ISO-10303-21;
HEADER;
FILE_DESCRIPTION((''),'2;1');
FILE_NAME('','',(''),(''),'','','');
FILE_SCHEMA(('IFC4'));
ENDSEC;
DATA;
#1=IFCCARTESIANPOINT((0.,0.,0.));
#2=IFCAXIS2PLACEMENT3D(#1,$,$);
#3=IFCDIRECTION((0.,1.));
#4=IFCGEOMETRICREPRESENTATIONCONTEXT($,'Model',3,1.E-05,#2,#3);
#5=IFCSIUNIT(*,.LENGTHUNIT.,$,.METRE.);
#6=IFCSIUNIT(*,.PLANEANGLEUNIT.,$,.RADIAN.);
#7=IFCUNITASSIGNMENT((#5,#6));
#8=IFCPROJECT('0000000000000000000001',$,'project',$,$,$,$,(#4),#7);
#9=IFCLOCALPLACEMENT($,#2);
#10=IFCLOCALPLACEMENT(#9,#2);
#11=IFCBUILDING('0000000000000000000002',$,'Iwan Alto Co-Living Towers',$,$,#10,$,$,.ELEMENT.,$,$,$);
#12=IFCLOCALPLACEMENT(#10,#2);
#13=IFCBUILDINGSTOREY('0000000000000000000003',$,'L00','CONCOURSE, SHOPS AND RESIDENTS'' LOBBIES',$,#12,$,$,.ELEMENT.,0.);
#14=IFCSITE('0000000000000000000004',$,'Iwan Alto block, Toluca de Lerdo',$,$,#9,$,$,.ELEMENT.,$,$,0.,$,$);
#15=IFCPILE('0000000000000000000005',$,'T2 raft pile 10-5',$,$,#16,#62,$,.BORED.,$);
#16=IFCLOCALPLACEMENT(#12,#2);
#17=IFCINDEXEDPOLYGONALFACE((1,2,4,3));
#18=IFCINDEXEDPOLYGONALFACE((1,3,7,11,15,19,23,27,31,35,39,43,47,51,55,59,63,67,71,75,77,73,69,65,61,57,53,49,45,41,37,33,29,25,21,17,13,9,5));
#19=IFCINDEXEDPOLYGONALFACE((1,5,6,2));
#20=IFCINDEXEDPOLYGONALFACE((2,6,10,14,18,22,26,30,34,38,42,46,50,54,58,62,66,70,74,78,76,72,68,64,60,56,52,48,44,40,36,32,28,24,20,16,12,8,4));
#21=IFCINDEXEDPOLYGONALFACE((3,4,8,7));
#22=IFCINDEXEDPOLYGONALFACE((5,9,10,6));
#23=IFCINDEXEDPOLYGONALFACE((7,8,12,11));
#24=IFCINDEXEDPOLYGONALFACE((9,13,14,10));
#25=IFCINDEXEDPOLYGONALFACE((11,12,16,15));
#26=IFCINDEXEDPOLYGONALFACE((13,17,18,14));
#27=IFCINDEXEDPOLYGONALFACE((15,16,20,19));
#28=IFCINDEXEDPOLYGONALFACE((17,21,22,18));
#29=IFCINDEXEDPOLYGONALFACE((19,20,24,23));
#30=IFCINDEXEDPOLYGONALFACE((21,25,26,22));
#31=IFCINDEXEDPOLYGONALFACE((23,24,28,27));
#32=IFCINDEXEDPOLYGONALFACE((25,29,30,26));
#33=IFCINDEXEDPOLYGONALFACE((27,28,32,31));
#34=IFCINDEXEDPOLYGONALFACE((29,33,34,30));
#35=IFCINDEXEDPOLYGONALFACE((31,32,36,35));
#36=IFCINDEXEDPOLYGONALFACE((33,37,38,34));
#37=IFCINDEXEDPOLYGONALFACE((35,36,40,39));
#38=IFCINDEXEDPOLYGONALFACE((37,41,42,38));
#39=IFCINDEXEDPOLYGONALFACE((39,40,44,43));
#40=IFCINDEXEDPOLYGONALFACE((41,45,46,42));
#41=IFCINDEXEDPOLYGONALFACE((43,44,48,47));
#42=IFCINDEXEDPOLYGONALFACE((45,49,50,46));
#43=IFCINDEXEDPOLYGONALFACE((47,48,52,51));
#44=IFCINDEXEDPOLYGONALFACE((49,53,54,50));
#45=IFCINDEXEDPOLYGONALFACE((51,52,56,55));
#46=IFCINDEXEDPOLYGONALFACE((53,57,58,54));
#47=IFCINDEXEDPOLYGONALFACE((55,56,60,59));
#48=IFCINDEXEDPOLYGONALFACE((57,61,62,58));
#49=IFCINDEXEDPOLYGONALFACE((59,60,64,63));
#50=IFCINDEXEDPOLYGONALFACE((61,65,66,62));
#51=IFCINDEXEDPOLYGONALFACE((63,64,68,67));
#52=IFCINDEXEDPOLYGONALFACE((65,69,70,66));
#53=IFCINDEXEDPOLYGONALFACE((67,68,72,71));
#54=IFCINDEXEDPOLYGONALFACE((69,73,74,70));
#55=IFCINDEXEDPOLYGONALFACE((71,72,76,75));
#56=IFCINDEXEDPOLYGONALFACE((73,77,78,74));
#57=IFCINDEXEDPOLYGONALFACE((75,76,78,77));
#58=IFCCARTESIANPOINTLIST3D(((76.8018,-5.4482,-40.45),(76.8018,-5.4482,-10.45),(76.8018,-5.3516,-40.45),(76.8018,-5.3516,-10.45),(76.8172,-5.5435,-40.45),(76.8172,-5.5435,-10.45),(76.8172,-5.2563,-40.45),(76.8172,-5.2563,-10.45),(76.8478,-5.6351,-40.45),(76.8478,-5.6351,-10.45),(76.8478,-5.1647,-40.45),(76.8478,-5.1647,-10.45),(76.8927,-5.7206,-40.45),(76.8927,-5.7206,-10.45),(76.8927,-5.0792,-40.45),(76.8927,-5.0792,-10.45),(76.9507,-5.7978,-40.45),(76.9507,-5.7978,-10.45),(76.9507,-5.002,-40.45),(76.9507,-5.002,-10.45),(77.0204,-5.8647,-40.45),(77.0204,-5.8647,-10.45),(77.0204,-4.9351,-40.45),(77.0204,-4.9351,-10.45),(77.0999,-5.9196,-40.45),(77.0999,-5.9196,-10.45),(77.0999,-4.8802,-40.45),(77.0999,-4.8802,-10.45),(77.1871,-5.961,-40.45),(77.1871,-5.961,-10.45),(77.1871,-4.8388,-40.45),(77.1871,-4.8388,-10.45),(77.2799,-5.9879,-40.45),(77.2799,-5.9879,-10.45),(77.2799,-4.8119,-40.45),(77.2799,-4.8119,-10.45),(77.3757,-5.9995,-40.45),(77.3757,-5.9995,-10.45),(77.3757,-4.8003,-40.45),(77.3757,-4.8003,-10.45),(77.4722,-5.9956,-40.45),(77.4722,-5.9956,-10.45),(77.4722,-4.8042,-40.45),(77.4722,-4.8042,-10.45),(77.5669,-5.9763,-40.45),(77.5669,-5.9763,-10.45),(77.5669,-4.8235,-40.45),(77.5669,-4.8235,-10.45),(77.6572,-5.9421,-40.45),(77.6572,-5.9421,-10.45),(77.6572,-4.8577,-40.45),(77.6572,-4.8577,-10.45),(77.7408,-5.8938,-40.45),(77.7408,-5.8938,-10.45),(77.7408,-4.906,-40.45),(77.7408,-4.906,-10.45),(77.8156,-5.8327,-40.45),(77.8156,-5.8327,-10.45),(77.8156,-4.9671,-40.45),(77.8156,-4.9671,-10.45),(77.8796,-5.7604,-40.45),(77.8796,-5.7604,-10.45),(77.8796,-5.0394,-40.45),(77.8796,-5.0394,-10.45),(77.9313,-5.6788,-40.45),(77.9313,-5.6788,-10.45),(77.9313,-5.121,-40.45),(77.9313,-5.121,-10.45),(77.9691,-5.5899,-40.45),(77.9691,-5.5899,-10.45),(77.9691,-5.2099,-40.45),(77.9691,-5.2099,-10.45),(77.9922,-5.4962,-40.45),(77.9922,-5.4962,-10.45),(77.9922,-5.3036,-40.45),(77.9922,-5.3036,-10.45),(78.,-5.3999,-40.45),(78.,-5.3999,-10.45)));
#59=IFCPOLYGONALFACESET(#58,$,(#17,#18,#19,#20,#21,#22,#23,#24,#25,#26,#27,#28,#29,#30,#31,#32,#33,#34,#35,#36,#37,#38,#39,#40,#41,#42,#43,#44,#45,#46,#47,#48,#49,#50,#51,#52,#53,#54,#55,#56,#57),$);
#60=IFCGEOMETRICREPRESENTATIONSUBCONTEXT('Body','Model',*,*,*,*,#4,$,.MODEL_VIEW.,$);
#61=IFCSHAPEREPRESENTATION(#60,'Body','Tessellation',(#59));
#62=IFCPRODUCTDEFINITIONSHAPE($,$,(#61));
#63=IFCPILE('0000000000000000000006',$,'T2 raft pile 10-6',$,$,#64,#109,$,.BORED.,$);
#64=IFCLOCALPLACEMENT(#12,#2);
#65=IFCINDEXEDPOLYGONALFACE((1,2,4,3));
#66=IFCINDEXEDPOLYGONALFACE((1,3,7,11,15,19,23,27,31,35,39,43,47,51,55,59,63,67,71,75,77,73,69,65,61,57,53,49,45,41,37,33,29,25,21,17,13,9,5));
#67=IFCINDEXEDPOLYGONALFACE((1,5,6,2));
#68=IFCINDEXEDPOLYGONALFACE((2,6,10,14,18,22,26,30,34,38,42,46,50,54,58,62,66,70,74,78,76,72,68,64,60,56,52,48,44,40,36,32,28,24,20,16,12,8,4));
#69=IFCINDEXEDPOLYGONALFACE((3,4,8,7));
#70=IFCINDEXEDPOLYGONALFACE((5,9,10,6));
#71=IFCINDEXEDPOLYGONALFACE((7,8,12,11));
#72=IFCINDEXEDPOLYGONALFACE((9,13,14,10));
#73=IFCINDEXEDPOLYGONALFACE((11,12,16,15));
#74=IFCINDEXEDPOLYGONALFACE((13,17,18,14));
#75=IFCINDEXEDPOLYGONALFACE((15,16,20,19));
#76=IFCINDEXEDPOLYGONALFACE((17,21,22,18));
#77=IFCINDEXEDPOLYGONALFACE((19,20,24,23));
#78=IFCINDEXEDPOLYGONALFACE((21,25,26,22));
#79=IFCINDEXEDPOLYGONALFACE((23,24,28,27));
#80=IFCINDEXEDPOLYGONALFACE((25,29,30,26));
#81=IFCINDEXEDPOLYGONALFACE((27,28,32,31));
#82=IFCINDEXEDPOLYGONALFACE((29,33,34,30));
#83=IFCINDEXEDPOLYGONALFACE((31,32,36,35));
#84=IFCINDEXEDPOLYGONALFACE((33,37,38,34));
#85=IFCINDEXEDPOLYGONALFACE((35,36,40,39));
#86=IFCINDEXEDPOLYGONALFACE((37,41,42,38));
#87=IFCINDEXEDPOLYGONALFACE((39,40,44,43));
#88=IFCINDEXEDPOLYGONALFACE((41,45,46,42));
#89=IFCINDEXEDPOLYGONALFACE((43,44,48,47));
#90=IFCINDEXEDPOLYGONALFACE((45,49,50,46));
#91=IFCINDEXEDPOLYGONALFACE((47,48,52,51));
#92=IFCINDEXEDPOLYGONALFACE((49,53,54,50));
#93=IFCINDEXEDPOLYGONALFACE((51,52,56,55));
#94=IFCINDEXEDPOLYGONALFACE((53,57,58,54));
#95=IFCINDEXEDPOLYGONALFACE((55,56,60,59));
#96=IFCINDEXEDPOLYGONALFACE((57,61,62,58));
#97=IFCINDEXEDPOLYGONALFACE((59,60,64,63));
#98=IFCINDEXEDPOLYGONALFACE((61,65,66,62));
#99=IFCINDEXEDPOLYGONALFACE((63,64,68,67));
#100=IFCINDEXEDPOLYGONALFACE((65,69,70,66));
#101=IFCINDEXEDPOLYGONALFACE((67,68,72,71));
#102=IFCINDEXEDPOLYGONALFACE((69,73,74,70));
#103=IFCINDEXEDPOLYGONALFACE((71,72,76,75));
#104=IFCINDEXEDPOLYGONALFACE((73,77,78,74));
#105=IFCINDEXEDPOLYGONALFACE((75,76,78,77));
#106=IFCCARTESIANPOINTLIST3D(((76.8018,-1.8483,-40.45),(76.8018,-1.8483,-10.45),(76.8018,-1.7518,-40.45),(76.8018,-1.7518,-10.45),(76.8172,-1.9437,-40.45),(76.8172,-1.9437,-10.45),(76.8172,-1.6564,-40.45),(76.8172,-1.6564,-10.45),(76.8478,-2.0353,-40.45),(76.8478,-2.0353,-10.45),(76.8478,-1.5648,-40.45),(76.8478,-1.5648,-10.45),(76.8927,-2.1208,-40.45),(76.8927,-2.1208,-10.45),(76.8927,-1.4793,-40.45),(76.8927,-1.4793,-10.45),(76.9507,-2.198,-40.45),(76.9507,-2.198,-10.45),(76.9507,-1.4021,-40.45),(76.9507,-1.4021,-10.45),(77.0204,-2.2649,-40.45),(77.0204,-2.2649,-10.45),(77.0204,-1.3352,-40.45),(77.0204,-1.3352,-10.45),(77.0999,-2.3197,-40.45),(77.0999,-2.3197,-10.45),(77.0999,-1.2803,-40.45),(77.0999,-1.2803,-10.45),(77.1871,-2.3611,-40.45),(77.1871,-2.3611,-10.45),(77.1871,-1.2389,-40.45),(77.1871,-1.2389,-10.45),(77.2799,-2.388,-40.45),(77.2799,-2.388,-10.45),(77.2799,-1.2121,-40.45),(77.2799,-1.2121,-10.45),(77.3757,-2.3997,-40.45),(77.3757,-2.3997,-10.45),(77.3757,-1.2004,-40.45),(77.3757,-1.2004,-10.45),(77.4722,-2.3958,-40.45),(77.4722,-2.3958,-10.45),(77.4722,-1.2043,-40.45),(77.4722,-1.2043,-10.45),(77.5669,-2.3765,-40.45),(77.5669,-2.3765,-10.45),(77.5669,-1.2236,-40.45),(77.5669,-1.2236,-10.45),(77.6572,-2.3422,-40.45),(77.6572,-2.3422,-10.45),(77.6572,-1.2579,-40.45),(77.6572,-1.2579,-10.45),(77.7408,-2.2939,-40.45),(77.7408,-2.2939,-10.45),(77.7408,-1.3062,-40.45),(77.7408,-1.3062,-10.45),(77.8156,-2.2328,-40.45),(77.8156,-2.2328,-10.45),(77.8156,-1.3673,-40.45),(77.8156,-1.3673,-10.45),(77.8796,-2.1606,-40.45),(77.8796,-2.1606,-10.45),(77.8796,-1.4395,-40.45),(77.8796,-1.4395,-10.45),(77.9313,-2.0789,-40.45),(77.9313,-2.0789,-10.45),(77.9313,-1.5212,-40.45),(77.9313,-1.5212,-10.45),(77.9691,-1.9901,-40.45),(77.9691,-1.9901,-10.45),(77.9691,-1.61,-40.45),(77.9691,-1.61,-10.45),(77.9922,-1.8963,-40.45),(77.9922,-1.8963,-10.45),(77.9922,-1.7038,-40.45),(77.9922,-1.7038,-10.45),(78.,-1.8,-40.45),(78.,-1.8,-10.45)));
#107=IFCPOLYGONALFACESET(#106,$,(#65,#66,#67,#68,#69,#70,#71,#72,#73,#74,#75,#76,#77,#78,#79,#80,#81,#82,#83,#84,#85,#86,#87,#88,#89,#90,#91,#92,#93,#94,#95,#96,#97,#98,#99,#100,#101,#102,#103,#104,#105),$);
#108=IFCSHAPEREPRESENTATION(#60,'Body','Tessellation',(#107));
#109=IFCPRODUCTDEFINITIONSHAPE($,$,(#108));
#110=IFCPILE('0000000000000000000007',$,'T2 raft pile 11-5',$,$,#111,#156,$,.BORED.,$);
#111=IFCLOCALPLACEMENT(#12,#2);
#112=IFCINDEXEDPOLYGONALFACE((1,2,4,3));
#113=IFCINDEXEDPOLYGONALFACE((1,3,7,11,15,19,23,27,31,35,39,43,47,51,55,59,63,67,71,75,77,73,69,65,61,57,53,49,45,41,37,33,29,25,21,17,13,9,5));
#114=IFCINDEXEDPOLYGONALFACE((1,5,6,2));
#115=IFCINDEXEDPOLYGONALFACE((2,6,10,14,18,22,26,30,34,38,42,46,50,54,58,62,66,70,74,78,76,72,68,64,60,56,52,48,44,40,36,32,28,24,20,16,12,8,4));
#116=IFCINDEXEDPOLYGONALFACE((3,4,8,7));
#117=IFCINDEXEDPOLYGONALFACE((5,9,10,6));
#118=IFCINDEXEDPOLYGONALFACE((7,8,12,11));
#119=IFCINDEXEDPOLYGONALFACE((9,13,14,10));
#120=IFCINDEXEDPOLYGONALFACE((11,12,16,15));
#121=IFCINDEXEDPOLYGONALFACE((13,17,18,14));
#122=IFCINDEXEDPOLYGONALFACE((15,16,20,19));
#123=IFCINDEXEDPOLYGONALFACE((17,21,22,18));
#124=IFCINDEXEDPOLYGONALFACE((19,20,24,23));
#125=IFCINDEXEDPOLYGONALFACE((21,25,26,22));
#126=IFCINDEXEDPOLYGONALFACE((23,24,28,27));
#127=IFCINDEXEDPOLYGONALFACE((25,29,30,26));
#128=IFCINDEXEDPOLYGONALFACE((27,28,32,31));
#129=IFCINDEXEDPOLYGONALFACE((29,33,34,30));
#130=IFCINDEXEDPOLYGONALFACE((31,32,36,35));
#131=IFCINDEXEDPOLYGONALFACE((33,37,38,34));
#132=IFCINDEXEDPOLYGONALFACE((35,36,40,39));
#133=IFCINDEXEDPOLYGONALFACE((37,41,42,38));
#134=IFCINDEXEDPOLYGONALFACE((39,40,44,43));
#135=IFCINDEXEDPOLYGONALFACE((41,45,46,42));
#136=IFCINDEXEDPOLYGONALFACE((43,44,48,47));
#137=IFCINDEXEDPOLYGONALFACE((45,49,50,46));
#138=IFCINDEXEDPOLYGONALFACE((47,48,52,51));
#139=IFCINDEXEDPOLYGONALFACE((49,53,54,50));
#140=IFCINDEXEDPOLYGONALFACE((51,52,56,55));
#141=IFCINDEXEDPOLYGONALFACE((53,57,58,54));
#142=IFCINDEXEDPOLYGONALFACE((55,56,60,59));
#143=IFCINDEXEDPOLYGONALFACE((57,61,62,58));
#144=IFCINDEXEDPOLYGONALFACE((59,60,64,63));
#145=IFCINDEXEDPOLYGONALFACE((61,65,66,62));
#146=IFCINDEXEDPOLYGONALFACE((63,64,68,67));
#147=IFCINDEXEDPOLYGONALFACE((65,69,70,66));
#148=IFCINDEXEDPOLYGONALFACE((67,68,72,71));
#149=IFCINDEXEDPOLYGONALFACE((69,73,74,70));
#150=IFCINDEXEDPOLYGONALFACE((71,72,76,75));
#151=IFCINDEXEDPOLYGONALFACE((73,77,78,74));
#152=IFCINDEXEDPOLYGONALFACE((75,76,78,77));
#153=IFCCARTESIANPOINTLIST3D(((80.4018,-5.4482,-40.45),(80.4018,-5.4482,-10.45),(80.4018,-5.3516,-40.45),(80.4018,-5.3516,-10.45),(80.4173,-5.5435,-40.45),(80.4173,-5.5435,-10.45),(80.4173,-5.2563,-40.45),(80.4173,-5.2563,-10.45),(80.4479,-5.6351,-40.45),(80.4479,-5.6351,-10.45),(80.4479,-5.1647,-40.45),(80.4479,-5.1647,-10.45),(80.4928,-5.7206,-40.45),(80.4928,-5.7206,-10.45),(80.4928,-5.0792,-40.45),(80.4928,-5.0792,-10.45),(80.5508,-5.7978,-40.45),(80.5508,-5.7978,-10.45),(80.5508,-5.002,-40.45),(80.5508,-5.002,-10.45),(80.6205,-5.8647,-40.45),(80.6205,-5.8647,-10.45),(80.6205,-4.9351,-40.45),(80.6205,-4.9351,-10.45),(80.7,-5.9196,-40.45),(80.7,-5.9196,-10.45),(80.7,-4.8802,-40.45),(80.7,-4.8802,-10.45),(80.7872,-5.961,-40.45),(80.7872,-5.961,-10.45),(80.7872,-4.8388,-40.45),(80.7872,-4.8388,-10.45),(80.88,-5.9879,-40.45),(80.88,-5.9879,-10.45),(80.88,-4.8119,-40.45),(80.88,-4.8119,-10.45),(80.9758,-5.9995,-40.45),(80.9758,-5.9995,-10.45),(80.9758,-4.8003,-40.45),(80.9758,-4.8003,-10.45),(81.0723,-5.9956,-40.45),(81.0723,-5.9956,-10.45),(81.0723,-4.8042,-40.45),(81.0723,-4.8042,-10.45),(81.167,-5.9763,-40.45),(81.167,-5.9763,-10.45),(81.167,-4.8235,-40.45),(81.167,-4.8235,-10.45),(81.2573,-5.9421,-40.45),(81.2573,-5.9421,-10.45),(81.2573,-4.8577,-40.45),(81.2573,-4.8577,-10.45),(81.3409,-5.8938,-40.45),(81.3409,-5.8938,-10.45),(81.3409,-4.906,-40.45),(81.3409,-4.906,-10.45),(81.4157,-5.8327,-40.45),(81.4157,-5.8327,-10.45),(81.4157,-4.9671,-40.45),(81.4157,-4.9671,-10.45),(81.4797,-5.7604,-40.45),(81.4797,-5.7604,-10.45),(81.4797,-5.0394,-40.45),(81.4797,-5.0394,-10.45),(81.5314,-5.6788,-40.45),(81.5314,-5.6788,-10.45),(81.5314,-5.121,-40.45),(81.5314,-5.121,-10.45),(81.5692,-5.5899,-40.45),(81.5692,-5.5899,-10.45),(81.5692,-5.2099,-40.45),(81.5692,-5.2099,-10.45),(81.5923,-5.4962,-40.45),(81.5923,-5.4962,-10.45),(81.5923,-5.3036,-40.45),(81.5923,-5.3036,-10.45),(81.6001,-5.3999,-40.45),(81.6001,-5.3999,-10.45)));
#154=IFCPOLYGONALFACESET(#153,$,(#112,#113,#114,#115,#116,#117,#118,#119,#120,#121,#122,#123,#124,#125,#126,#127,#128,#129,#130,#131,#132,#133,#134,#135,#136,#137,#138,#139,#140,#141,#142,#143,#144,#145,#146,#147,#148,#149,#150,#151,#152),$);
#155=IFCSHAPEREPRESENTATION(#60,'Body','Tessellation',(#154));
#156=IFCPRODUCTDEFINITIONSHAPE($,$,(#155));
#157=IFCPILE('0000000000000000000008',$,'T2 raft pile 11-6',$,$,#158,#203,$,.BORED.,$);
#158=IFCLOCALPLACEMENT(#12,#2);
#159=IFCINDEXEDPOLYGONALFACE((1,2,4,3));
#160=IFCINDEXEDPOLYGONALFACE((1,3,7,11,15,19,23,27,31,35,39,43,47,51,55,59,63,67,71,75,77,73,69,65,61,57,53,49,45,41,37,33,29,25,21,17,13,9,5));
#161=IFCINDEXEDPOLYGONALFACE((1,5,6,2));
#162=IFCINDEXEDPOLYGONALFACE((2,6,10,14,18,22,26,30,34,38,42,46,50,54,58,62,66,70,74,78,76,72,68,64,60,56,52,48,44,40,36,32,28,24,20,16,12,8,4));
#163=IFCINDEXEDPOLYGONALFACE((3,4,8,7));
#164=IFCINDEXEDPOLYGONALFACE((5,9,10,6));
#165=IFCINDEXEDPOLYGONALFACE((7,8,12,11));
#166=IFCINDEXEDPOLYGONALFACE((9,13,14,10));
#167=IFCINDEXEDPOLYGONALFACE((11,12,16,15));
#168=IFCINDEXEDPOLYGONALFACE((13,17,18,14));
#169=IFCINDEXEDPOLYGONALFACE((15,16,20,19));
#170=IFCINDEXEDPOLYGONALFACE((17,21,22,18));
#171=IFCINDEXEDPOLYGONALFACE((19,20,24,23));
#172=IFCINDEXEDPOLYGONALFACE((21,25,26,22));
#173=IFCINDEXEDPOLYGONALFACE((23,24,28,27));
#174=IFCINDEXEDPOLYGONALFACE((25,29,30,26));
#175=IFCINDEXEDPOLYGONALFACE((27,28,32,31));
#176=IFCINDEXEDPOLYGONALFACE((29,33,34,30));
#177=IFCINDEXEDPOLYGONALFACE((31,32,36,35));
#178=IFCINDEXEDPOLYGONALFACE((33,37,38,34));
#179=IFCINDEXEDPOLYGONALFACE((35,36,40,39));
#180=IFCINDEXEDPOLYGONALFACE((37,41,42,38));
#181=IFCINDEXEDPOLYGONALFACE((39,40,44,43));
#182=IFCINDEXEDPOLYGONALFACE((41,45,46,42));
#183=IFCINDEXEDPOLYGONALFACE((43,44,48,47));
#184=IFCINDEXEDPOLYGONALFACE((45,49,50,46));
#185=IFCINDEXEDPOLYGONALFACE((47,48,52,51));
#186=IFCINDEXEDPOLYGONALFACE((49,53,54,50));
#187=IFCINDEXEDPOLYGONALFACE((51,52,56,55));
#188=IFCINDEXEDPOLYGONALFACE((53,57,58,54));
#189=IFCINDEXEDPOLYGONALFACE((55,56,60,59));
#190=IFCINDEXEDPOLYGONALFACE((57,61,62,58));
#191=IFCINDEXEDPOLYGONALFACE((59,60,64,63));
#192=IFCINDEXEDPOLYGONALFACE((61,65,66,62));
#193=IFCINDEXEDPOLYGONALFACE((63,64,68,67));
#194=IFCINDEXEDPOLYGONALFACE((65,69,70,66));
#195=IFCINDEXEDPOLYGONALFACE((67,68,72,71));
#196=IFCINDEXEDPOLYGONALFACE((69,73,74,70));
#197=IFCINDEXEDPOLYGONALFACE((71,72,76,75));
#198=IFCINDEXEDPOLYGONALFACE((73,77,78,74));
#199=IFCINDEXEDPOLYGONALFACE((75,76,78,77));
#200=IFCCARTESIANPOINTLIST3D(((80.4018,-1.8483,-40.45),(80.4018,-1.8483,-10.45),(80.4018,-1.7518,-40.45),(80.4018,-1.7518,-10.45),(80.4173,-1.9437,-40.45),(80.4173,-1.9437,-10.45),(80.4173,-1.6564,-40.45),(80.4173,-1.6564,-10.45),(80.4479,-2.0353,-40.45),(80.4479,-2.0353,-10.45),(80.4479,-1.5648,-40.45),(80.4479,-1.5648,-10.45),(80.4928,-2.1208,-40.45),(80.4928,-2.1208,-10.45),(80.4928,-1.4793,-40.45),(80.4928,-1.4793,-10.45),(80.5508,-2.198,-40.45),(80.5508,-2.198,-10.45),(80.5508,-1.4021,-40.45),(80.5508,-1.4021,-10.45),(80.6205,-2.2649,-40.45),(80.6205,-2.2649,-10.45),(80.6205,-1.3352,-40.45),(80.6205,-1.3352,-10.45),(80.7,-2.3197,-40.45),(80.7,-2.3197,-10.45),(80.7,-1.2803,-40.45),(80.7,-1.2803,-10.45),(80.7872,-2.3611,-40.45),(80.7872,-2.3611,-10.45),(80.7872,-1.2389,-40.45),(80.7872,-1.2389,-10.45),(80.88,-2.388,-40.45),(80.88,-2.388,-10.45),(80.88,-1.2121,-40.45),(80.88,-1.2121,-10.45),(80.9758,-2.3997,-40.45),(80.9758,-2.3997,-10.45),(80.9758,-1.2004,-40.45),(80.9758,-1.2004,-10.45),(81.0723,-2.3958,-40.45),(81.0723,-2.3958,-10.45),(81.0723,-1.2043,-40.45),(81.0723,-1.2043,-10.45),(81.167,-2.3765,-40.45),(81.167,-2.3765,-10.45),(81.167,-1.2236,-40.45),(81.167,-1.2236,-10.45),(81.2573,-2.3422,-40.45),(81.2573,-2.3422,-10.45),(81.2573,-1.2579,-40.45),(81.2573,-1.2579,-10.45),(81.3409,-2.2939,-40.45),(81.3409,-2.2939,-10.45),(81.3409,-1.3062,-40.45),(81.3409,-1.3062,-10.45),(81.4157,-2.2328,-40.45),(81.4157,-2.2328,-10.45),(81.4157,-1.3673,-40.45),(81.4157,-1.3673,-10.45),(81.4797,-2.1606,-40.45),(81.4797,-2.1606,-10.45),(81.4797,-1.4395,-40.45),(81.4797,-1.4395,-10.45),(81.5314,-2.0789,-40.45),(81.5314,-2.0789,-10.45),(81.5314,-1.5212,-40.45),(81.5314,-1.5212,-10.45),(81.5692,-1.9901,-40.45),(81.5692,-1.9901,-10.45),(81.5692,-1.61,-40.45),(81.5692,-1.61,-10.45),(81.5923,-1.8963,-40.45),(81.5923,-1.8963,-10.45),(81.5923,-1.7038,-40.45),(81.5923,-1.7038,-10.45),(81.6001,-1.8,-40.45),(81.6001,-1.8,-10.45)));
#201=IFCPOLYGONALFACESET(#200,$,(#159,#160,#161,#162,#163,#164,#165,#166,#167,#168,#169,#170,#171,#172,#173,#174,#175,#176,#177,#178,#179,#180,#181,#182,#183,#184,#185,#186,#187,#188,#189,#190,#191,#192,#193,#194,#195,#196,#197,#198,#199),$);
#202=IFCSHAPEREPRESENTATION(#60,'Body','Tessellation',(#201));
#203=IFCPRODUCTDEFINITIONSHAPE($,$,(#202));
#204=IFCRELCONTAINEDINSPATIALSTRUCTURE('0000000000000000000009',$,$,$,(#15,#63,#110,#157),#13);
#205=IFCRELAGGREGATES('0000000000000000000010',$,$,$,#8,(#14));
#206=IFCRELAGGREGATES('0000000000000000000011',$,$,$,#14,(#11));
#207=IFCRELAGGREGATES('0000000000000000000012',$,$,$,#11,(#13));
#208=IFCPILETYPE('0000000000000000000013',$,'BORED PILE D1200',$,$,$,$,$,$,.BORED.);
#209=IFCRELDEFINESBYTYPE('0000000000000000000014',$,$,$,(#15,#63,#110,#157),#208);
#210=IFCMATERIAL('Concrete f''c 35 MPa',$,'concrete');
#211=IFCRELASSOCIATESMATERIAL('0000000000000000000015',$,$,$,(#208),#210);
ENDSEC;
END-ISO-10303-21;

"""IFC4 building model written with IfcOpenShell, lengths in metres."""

from ifc_helpers import new_model, si_unit, direction, frame, origin, origin_2d, place, context, subcontext, project, spatial, circle, extrude, material, material_profile, profile_set, type_object, element, save


model = new_model("IFC4")

# Units and contexts
model_context = context("Model", 3, precision=1e-05, world=origin(), true_north=direction((0.0, 1.0)))
body_context = subcontext(model_context, "Body", "Model", "MODEL_VIEW")
ifc_project = project(units=[si_unit("LENGTHUNIT", "METRE"), si_unit("PLANEANGLEUNIT", "RADIAN")], contexts=[model_context])

# Site, building, storey
site_placement = place(None, origin())
site = spatial("IfcSite", under=ifc_project, at=site_placement, Name="Iwan Alto block, Toluca de Lerdo", CompositionType="ELEMENT", RefElevation=0.0)
building_placement = place(site_placement, origin())
building = spatial("IfcBuilding", under=site, at=building_placement, Name="Iwan Alto Co-Living Towers", CompositionType="ELEMENT")
storey_placement = place(building_placement, origin())
storey = spatial("IfcBuildingStorey", under=building, at=storey_placement, Name="L00", Description="CONCOURSE, SHOPS AND RESIDENTS' LOBBIES", CompositionType="ELEMENT", Elevation=0.0)

# Piles
ifc_material_1 = material(Name="Concrete f'c 35 MPa", Category="concrete")
ifc_material_profile_1 = material_profile(ifc_material_1, circle(Radius=0.6001, at=origin_2d()), Name="D1200")
ifc_profile_set_1 = profile_set([ifc_material_profile_1], Name="Concrete f'c 35 MPa")
pile_type_1 = type_object("IfcPileType", Name="BORED PILE D1200", PredefinedType="BORED", material=ifc_profile_set_1)
for number, where, z_axis, x_axis, name in (
    (1, (77.3999, -5.3999, -10.45), (0.0, 0.0, -1.0), (1.0, 0.0, 0.0), "T2 raft pile 10-5"),
    (2, (77.3999, -1.8, -10.45), (0.0, 0.0, -1.0), (1.0, 0.0, 0.0), "T2 raft pile 10-6"),
    (3, (81.0, -5.3999, -10.45), (0.0, 0.0, -1.0), (1.0, 0.0, 0.0), "T2 raft pile 11-5"),
    (4, (81.0, -1.8, -10.45), (0.0, 0.0, -1.0), (1.0, 0.0, 0.0), "T2 raft pile 11-6"),
):
    element("IfcPile", number, at=place(storey_placement, frame(where, z_axis=z_axis, x_axis=x_axis)), inside=storey, type_object=pile_type_1, Name=name, PredefinedType="BORED", context=body_context, shape_type="SweptSolid", body=[
        extrude(circle(Radius=0.6001, at=origin_2d()), origin(), (0.0, 0.0, 1.0), 30.0),
    ])

save(model, "model.ifc")
